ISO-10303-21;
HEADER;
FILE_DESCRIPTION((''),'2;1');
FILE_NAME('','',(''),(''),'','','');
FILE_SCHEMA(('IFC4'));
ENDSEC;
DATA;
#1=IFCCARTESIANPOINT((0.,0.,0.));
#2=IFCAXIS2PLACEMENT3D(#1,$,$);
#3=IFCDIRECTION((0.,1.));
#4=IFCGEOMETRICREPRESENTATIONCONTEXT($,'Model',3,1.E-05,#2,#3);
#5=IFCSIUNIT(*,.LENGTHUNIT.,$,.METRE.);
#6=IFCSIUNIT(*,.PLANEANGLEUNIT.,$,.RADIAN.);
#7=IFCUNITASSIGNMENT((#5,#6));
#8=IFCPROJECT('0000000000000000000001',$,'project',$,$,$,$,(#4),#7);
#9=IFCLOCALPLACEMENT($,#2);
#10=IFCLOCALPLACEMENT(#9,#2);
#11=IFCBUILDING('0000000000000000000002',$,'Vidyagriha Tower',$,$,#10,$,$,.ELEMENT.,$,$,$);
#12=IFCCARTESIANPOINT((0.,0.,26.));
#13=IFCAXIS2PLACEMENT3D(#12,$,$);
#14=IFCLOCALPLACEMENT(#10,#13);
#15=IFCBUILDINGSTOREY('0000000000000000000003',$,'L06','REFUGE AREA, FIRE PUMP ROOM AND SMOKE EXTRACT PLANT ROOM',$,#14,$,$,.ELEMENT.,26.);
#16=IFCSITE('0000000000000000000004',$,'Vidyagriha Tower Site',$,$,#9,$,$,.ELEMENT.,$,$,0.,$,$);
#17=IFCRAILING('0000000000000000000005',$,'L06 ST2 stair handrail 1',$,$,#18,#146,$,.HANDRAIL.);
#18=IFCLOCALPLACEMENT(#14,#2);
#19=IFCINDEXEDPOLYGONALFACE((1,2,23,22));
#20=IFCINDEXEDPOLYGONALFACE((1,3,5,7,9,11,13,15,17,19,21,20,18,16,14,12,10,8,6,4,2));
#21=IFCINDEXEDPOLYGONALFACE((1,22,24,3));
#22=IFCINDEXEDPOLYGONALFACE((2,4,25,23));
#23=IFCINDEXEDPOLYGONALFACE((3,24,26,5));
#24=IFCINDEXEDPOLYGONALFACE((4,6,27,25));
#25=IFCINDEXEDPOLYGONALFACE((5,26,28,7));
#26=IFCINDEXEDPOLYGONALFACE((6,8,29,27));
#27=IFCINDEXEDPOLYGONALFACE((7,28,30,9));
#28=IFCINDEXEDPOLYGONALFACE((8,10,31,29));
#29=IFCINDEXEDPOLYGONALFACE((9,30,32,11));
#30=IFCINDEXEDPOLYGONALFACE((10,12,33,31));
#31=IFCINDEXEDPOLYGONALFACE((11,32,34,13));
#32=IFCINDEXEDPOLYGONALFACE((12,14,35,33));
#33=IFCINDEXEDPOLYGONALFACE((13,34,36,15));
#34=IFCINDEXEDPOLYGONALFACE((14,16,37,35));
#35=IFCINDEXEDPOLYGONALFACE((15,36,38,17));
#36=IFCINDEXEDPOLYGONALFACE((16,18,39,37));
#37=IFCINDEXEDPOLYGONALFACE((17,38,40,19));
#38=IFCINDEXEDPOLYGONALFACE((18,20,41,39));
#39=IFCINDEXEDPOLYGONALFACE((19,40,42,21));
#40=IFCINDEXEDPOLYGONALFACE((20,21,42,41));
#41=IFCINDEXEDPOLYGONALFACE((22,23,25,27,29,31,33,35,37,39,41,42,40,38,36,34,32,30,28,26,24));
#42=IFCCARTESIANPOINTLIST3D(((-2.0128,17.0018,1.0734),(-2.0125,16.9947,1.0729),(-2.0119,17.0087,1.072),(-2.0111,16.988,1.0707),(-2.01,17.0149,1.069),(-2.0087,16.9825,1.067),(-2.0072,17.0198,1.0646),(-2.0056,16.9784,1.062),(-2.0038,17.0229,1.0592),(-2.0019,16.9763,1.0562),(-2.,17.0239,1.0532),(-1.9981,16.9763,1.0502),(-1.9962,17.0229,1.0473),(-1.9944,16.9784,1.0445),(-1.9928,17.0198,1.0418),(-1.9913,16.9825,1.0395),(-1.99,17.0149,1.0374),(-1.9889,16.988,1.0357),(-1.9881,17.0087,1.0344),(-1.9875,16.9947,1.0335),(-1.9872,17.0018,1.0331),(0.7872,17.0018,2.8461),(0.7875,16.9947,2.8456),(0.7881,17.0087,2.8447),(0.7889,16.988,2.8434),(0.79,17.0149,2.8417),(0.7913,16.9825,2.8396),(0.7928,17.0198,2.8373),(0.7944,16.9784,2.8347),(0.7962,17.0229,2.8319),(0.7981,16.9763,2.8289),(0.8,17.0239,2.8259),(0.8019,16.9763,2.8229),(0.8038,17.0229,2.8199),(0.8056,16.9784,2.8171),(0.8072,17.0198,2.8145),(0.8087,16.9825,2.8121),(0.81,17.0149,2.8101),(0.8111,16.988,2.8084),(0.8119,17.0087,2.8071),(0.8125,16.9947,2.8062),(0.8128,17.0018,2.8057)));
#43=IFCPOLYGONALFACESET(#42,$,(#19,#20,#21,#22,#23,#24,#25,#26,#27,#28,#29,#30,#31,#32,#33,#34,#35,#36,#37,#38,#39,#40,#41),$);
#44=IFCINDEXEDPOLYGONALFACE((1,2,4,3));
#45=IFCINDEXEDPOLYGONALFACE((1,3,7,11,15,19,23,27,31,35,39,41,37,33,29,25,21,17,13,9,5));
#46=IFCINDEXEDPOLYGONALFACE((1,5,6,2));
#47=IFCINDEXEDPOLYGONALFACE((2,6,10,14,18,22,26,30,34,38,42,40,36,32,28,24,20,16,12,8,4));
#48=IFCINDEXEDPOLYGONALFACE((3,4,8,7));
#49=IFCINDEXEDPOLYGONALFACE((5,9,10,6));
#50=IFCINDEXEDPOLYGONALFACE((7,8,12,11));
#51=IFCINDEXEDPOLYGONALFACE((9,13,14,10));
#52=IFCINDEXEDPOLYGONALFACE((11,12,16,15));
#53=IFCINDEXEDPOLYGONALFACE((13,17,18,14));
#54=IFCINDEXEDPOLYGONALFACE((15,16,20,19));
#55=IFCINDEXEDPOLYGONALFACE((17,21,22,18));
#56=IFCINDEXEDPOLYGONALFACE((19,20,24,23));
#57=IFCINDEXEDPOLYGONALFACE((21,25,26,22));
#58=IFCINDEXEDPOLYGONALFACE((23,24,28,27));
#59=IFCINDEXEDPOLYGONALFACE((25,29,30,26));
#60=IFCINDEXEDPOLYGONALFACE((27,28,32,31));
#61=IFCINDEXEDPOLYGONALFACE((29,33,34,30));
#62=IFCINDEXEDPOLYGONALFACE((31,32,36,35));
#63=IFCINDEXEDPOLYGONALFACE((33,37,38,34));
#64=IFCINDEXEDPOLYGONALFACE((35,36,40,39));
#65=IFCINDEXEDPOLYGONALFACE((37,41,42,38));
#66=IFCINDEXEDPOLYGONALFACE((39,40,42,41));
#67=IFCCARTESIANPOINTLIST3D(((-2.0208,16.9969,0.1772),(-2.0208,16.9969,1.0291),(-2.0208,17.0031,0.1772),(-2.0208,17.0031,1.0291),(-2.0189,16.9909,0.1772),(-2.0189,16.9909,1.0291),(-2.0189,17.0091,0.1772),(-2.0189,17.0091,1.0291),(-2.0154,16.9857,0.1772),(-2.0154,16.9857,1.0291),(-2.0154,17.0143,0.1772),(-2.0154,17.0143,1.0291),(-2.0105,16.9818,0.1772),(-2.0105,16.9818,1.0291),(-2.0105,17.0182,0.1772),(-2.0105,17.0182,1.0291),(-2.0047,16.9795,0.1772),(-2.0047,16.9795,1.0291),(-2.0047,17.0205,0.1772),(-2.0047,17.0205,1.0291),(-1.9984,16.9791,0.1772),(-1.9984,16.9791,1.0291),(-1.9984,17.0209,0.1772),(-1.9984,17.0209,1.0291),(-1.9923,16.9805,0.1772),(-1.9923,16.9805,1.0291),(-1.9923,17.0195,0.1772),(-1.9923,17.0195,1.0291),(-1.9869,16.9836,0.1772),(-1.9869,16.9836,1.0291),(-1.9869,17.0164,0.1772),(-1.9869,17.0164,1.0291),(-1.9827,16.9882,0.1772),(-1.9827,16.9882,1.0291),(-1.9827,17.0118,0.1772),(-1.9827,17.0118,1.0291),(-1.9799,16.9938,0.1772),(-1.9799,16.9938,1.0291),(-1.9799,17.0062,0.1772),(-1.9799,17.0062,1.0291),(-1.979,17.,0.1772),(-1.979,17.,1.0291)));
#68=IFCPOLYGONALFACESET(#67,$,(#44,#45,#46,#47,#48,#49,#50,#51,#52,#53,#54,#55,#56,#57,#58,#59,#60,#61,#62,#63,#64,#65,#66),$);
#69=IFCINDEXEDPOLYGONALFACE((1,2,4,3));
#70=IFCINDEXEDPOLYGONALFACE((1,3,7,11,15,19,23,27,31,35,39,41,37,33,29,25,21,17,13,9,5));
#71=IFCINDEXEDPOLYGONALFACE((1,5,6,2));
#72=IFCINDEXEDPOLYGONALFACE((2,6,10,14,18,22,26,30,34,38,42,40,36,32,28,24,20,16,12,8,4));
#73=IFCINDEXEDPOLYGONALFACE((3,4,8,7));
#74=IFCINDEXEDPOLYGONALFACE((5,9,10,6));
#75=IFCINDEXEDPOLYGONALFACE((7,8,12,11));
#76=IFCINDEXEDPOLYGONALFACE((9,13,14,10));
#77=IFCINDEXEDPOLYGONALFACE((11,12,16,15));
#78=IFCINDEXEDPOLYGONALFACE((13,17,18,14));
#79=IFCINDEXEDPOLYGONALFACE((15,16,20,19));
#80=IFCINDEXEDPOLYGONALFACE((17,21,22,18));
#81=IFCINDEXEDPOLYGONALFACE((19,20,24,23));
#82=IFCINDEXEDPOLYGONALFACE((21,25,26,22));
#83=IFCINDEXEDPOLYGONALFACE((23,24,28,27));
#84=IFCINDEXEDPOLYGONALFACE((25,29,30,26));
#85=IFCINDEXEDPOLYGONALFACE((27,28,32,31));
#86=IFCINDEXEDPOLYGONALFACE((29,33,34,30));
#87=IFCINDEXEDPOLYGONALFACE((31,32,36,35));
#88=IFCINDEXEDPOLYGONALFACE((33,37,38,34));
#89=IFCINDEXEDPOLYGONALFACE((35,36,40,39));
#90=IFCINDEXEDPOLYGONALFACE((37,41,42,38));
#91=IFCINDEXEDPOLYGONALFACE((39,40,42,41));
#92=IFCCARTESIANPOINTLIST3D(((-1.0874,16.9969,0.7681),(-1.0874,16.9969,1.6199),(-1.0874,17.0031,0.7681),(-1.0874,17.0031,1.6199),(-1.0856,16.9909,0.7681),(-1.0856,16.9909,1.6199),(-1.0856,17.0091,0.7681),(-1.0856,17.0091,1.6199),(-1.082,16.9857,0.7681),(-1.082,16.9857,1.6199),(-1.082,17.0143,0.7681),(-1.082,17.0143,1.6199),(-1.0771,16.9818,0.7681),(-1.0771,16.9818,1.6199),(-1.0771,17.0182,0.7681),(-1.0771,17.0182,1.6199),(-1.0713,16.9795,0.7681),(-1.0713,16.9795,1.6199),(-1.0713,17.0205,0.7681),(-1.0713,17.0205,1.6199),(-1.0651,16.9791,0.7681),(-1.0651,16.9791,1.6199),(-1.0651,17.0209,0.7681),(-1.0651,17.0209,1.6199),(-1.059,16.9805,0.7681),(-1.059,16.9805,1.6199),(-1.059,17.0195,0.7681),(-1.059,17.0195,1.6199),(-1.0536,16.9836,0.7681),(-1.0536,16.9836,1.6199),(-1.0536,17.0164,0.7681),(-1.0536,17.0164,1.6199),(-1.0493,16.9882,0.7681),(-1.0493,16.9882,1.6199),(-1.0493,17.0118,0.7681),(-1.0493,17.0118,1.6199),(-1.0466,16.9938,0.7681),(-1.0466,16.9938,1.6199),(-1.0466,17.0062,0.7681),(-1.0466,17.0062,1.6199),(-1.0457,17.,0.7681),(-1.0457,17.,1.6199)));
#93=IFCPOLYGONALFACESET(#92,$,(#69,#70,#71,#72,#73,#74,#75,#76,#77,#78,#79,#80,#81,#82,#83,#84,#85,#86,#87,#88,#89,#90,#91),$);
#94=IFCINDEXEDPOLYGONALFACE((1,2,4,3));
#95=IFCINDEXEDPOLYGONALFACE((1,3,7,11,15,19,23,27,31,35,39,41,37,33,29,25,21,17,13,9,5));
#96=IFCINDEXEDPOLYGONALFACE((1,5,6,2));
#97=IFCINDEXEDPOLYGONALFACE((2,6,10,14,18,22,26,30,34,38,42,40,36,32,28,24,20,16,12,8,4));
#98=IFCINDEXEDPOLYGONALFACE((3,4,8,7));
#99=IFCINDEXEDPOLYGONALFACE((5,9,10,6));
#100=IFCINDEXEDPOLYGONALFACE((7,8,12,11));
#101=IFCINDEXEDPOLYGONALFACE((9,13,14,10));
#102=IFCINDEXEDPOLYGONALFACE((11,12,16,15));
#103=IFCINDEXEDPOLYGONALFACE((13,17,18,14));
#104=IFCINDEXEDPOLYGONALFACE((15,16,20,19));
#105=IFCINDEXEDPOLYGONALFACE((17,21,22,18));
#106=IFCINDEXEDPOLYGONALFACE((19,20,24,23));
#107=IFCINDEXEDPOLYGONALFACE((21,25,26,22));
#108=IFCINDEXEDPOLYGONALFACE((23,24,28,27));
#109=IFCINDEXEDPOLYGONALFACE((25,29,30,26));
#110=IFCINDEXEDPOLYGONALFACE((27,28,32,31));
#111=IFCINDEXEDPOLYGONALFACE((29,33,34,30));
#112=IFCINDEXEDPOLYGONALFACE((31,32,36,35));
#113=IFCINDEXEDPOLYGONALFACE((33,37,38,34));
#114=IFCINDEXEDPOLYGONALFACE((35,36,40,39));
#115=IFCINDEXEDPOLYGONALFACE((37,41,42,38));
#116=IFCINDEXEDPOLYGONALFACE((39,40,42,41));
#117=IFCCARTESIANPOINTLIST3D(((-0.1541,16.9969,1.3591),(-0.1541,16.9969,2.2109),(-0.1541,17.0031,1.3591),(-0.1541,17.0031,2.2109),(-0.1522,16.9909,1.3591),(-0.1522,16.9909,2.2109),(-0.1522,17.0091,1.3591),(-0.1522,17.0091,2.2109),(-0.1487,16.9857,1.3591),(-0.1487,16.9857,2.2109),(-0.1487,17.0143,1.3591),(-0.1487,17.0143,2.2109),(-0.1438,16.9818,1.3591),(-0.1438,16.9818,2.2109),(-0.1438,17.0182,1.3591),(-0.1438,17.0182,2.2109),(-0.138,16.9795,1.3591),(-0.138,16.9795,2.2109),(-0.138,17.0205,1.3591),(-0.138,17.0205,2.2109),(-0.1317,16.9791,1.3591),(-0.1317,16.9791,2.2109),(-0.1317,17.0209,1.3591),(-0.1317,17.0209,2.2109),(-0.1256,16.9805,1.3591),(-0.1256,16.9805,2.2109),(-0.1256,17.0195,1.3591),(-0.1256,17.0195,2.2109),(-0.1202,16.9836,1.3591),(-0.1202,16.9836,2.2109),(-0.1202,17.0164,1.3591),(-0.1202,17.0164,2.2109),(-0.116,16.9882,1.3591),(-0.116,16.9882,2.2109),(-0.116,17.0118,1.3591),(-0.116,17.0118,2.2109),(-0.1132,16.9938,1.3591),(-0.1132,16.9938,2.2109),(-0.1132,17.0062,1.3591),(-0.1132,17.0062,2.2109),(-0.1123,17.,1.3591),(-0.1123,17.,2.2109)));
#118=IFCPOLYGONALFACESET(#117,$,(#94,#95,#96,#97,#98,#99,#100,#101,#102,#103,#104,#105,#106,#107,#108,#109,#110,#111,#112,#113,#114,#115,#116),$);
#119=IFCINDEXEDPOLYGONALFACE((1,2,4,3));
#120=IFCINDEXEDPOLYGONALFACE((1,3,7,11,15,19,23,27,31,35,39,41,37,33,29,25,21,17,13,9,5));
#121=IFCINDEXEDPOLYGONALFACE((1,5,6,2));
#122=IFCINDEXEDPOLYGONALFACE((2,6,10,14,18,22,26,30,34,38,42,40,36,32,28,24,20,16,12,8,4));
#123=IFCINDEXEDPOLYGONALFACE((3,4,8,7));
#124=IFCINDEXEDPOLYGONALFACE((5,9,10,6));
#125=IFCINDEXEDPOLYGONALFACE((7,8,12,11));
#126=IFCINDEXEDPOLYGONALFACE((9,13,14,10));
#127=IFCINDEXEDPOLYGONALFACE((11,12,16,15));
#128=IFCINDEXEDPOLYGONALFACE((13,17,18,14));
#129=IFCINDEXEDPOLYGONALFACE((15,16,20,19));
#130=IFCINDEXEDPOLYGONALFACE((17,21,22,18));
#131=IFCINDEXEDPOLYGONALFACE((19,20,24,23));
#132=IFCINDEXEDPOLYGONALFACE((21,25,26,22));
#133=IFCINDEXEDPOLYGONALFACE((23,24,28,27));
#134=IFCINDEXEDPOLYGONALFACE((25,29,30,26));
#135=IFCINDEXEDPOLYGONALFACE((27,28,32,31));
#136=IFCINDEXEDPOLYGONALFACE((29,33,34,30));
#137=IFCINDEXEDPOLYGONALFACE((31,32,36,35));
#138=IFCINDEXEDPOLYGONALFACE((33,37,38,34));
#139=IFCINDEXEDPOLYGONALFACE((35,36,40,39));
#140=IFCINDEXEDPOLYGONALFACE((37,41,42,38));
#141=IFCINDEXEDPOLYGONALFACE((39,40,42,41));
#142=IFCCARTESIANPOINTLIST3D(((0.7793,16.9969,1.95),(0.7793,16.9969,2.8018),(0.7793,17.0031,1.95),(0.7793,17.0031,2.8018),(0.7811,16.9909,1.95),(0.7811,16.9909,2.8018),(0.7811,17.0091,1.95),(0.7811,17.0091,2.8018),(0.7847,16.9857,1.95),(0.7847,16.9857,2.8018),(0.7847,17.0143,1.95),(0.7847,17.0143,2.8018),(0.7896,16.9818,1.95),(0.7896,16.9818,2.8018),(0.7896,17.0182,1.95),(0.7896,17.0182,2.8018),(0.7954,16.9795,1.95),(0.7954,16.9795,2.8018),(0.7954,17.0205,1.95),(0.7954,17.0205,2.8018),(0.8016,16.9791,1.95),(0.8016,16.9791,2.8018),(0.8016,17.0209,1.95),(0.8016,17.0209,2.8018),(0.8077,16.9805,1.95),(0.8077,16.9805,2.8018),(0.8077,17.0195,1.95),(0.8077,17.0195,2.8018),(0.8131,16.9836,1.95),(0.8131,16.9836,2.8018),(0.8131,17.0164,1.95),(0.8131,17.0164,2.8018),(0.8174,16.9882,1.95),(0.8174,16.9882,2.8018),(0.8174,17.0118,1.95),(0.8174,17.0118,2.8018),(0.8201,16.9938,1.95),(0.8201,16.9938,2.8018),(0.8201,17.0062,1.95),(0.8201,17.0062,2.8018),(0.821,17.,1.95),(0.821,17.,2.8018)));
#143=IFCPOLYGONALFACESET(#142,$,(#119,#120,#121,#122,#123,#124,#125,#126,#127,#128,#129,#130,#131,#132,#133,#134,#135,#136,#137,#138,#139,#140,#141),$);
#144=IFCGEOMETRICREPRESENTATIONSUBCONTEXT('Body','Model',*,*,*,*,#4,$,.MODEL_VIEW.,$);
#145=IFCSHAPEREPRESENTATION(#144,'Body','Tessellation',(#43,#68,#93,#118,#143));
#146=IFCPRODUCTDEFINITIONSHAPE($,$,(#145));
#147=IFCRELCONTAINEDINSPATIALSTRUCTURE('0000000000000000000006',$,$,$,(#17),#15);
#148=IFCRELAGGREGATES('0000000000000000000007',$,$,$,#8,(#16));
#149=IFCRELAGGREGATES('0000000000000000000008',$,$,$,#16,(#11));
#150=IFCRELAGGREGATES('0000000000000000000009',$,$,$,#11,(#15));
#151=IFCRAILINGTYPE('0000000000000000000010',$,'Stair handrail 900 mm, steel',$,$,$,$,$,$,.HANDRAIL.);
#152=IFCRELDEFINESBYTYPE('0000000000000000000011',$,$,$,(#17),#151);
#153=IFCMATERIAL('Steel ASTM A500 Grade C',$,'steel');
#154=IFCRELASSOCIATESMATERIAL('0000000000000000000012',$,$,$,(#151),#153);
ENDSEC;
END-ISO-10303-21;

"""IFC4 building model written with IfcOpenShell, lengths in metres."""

from ifc_helpers import new_model, si_unit, direction, frame, origin, origin_2d, place, context, subcontext, project, spatial, circle, extrude, material, type_object, element, save


model = new_model("IFC4")

# Units and contexts
model_context = context("Model", 3, precision=1e-05, world=origin(), true_north=direction((0.0, 1.0)))
body_context = subcontext(model_context, "Body", "Model", "MODEL_VIEW")
ifc_project = project(units=[si_unit("LENGTHUNIT", "METRE"), si_unit("PLANEANGLEUNIT", "RADIAN")], contexts=[model_context])

# Site, building, storey
site_placement = place(None, origin())
site = spatial("IfcSite", under=ifc_project, at=site_placement, Name="Vidyagriha Tower Site", CompositionType="ELEMENT", RefElevation=0.0)
building_placement = place(site_placement, origin())
building = spatial("IfcBuilding", under=site, at=building_placement, Name="Vidyagriha Tower", CompositionType="ELEMENT")
storey_placement = place(building_placement, frame((0.0, 0.0, 26.0)))
storey = spatial("IfcBuildingStorey", under=building, at=storey_placement, Name="L06", Description="REFUGE AREA, FIRE PUMP ROOM AND SMOKE EXTRACT PLANT ROOM", CompositionType="ELEMENT", Elevation=26.0)

# Railing
ifc_material_1 = material(Name="Steel ASTM A500 Grade C", Category="steel")
railing_type_1 = type_object("IfcRailingType", Name="Stair handrail 900 mm, steel", PredefinedType="HANDRAIL", material=ifc_material_1)
railing_1_placement = place(storey_placement, frame((-2.0, 17.0, 0.1772)))
element("IfcRailing", 1, at=railing_1_placement, inside=storey, type_object=railing_type_1, Name="L06 ST2 stair handrail 1", PredefinedType="HANDRAIL", context=body_context, shape_type="SweptSolid", body=[
    extrude(circle(Radius=0.0239, at=origin_2d()), frame((0.0, 0.0, 0.876), z_axis=(0.844909, 0.0, 0.53491), x_axis=(0.0, 1.0, 0.0)), (0.0, 0.0, 1.0), 3.314),
    extrude(circle(Radius=0.021, at=origin_2d()), origin(), (0.0, 0.0, 1.0), 0.8518),
    extrude(circle(Radius=0.021, at=origin_2d()), frame((0.9333, 0.0, 0.5908)), (0.0, 0.0, 1.0), 0.8518),
    extrude(circle(Radius=0.021, at=origin_2d()), frame((1.8667, 0.0, 1.1819)), (0.0, 0.0, 1.0), 0.8518),
    extrude(circle(Radius=0.021, at=origin_2d()), frame((2.8, 0.0, 1.7727)), (0.0, 0.0, 1.0), 0.8518),
])

save(model, "model.ifc")
